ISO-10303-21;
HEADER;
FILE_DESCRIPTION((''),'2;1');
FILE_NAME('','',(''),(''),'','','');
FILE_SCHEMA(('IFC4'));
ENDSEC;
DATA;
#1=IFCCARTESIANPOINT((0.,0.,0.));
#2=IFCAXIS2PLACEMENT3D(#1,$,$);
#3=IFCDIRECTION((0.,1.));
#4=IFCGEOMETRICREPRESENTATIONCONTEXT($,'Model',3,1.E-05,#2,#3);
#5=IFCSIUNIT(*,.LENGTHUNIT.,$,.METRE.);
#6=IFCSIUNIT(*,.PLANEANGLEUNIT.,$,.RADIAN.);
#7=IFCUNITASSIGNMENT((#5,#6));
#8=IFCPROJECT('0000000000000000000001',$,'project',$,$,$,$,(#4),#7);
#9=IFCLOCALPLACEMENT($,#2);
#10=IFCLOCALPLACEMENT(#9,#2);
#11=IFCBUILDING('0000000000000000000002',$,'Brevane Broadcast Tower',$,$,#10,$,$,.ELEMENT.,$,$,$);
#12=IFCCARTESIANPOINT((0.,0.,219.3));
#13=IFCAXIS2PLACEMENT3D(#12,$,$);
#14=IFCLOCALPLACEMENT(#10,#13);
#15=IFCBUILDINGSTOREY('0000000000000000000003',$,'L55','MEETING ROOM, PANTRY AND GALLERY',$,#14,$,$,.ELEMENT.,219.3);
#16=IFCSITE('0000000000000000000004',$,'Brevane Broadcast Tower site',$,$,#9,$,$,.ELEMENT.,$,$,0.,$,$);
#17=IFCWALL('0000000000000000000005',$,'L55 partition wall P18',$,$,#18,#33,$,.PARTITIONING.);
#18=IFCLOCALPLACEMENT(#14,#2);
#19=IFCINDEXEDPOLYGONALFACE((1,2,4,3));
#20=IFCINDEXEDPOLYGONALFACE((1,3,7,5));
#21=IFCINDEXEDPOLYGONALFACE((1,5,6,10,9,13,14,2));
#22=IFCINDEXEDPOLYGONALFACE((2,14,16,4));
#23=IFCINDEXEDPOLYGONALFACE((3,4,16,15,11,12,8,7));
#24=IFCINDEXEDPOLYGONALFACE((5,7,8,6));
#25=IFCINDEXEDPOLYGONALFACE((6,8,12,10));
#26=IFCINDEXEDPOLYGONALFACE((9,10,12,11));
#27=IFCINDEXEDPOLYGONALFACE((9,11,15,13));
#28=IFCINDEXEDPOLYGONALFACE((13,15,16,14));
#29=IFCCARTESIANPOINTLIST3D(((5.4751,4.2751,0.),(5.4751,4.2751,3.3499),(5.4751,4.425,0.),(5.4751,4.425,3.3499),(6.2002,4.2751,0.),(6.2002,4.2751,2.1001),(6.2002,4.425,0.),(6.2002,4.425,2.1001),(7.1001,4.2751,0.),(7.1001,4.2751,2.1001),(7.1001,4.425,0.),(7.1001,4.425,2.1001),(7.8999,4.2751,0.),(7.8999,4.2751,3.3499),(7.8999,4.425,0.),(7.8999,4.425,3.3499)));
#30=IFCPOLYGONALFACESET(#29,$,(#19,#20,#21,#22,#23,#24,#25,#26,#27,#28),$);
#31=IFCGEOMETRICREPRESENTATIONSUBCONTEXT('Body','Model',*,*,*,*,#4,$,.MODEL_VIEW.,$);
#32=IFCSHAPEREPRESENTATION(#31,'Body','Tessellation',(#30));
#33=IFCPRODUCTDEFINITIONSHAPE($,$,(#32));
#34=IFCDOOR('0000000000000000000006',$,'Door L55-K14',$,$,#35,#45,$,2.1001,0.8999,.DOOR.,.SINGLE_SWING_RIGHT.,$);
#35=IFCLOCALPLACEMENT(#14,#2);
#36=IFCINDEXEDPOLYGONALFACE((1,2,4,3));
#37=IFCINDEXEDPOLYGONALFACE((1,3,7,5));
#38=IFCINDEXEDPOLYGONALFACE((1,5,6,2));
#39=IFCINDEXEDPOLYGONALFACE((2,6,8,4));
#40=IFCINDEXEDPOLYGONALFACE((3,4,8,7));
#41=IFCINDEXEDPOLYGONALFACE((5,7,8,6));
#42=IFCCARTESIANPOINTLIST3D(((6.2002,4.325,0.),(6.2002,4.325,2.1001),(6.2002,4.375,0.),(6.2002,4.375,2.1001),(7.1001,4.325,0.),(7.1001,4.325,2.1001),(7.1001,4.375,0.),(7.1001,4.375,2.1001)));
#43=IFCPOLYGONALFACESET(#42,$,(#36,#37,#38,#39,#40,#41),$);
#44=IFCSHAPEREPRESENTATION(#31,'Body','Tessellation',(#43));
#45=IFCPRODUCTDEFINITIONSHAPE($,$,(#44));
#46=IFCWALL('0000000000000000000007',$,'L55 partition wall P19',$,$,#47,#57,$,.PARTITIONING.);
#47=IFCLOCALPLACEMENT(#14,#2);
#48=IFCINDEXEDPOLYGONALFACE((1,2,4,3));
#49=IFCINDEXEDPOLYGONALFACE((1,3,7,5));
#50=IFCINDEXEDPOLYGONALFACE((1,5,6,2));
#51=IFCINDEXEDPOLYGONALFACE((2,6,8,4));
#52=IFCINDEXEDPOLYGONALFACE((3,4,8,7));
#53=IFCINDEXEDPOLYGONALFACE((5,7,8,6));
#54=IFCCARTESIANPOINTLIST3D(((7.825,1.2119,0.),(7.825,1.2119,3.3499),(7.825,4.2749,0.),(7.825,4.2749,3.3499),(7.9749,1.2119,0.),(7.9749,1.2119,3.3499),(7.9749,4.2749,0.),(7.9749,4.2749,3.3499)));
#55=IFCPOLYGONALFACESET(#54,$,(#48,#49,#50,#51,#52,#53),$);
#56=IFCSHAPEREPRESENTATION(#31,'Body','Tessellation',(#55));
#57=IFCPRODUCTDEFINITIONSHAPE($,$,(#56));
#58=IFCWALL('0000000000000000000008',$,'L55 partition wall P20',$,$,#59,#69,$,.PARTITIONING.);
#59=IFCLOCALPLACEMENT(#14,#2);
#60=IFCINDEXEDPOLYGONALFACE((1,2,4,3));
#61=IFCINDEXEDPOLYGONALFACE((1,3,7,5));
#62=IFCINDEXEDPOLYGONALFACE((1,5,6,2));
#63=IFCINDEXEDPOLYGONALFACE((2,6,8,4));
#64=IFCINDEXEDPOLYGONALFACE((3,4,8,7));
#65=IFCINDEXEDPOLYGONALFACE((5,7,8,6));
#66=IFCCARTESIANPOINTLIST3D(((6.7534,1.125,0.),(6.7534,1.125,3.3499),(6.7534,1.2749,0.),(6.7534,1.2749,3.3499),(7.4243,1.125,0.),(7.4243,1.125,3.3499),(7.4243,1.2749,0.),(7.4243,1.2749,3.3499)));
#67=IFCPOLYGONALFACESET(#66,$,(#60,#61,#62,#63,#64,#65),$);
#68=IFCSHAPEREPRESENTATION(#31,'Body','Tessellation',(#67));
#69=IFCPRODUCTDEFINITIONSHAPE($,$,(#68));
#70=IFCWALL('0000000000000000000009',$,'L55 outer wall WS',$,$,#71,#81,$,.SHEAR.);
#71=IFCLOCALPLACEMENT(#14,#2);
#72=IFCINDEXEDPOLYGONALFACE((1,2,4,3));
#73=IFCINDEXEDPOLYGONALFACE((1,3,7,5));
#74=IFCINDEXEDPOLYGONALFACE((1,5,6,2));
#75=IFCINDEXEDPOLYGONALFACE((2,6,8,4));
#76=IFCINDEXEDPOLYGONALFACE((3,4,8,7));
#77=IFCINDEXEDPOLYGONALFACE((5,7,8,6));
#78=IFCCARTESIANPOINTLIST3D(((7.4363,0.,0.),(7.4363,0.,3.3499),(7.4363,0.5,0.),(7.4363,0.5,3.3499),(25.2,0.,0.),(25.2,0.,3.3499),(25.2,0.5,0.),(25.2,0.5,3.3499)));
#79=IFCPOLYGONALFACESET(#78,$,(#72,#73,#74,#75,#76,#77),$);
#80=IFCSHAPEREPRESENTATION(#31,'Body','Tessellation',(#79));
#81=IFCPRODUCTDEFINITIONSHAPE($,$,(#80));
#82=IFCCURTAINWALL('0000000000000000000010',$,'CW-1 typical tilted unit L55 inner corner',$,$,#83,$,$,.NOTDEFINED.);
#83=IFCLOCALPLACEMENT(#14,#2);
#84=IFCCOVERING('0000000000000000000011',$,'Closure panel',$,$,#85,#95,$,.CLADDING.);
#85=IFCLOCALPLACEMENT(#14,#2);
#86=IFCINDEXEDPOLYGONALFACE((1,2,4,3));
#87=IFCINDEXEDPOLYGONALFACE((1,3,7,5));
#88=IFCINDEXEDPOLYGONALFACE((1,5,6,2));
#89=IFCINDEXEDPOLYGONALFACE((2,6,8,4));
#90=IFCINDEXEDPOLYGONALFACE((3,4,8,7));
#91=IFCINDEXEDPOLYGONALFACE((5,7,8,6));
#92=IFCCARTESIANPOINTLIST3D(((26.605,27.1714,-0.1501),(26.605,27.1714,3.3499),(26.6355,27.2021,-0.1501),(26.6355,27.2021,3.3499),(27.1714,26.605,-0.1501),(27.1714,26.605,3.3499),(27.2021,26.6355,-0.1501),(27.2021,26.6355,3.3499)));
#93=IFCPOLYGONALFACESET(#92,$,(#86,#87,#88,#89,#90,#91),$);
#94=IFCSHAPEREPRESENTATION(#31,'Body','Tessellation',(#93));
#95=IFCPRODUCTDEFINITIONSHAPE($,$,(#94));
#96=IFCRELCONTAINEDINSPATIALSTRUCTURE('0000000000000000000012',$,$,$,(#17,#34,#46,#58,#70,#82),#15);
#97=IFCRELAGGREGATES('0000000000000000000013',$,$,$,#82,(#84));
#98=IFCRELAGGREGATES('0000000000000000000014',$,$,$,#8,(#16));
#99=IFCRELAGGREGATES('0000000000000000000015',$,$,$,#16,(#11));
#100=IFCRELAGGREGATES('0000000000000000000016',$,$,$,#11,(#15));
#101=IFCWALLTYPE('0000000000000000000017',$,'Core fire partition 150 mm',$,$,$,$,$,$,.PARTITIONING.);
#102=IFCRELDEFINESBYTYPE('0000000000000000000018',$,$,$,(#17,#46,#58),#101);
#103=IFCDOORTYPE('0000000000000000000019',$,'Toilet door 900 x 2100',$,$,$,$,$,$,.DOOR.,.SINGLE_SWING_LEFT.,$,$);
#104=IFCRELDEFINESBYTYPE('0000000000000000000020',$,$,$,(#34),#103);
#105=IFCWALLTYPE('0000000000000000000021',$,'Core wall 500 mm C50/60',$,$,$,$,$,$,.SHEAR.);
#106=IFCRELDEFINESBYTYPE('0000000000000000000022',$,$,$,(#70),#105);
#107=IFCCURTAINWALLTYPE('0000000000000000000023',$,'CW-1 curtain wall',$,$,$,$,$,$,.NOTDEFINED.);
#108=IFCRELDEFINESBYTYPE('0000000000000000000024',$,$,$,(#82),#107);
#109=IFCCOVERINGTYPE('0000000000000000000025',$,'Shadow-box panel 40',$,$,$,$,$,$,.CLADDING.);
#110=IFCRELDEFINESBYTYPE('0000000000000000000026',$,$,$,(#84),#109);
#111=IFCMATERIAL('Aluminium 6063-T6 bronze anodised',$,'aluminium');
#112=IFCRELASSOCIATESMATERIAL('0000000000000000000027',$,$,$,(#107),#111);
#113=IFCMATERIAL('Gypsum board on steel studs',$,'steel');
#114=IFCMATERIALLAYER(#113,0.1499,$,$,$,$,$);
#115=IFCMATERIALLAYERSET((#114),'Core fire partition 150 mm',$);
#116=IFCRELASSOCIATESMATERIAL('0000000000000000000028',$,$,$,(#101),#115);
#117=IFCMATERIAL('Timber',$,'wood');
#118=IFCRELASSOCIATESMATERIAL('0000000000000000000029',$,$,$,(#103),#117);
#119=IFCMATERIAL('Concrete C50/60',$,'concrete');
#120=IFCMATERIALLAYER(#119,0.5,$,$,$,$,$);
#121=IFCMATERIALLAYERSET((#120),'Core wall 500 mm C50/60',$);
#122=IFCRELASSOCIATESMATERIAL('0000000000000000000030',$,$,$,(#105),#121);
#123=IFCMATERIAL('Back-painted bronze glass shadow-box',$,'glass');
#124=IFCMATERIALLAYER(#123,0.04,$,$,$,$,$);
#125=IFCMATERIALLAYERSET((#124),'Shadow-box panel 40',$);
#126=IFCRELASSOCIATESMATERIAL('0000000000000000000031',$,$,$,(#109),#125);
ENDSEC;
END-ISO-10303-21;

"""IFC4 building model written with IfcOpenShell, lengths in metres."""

from ifc_helpers import new_model, si_unit, direction, frame, frame_2d, origin, place, context, subcontext, project, spatial, polyline, rectangle, outline, extrude, material, layer, layer_set, type_object, element, fill, aggregate, save


model = new_model("IFC4")

# Units and contexts
model_context = context("Model", 3, precision=1e-05, world=origin(), true_north=direction((0.0, 1.0)))
body_context = subcontext(model_context, "Body", "Model", "MODEL_VIEW")
ifc_project = project(units=[si_unit("LENGTHUNIT", "METRE"), si_unit("PLANEANGLEUNIT", "RADIAN")], contexts=[model_context])

# Site, building, storey
site_placement = place(None, origin())
site = spatial("IfcSite", under=ifc_project, at=site_placement, Name="Brevane Broadcast Tower site", CompositionType="ELEMENT", RefElevation=0.0)
building_placement = place(site_placement, origin())
building = spatial("IfcBuilding", under=site, at=building_placement, Name="Brevane Broadcast Tower", CompositionType="ELEMENT")
storey_placement = place(building_placement, frame((0.0, 0.0, 219.3)))
storey = spatial("IfcBuildingStorey", under=building, at=storey_placement, Name="L55", Description="MEETING ROOM, PANTRY AND GALLERY", CompositionType="ELEMENT", Elevation=219.3)

# Shared definitions
ifc_material_1 = material(Name="Aluminium 6063-T6 bronze anodised", Category="aluminium")
curtain_wall_type = type_object("IfcCurtainWallType", Name="CW-1 curtain wall", PredefinedType="NOTDEFINED", material=ifc_material_1)

# Shared definitions
ifc_material_2 = material(Name="Concrete C50/60", Category="concrete")

# Shared definitions
ifc_material_3 = material(Name="Gypsum board on steel studs", Category="steel")
ifc_layer_1 = layer(ifc_material_3, 0.1499)
ifc_layer_set_1 = layer_set([ifc_layer_1], Name="Core fire partition 150 mm")
wall_type_1 = type_object("IfcWallType", Name="Core fire partition 150 mm", PredefinedType="PARTITIONING", material=ifc_layer_set_1)

# Wall, opening, door
wall_1_placement = place(storey_placement, frame((5.4751, 4.3501, 0.0), z_axis=(0.0, 0.0, 1.0), x_axis=(1.0, 0.0, 0.0)))
wall_1 = element("IfcWall", 1, at=wall_1_placement, inside=storey, type_object=wall_type_1, Name="L55 partition wall P18", PredefinedType="PARTITIONING", context=body_context, shape_type="SweptSolid", body=[
    extrude(rectangle(XDim=2.4248, YDim=0.1499, at=frame_2d((1.2124, 0.0))), origin(), (0.0, 0.0, 1.0), 3.3499),
])
opening_placement = place(wall_1_placement, frame((0.7251, 0.0, 0.0)))
opening = element("IfcOpeningElement", 2, at=opening_placement, cuts=wall_1, PredefinedType="OPENING", context=body_context, shape_type="SweptSolid", body=[
    extrude(rectangle(XDim=0.8999, YDim=2.1001, at=frame_2d((0.45, 1.05))), frame((0.0, 0.085, 0.0), z_axis=(0.0, -1.0, 0.0), x_axis=(1.0, 0.0, 0.0)), (0.0, 0.0, 1.0), 0.1699),
])
ifc_material_4 = material(Name="Timber", Category="wood")
door_type = type_object("IfcDoorType", Name="Toilet door 900 x 2100", OperationType="SINGLE_SWING_LEFT", PredefinedType="DOOR", material=ifc_material_4)
door_placement = place(opening_placement, origin())
door = element("IfcDoor", 3, at=door_placement, inside=storey, type_object=door_type, Name="Door L55-K14", OperationType="SINGLE_SWING_RIGHT", OverallHeight=2.1001, OverallWidth=0.8999, PredefinedType="DOOR", context=body_context, shape_type="SweptSolid", body=[
    extrude(rectangle(XDim=0.8999, YDim=2.1001, at=frame_2d((0.45, 1.05))), frame((0.0, 0.0249, 0.0), z_axis=(0.0, -1.0, 0.0), x_axis=(1.0, 0.0, 0.0)), (0.0, 0.0, 1.0), 0.05),
])
fill(opening, door)

# Walls
wall_2_placement = place(storey_placement, frame((7.8999, 4.2749, 0.0), z_axis=(0.0, 0.0, 1.0), x_axis=(0.0, -1.0, 0.0)))
element("IfcWall", 4, at=wall_2_placement, inside=storey, type_object=wall_type_1, Name="L55 partition wall P19", PredefinedType="PARTITIONING", context=body_context, shape_type="SweptSolid", body=[
    extrude(rectangle(XDim=3.063, YDim=0.1499, at=frame_2d((1.5315, 0.0))), origin(), (0.0, 0.0, 1.0), 3.3499),
])
wall_3_placement = place(storey_placement, frame((7.4243, 1.2, 0.0), z_axis=(0.0, 0.0, 1.0), x_axis=(-1.0, 0.0, 0.0)))
element("IfcWall", 5, at=wall_3_placement, inside=storey, type_object=wall_type_1, Name="L55 partition wall P20", PredefinedType="PARTITIONING", context=body_context, shape_type="SweptSolid", body=[
    extrude(rectangle(XDim=0.6709, YDim=0.1499, at=frame_2d((0.3354, 0.0))), origin(), (0.0, 0.0, 1.0), 3.3499),
])
ifc_layer_2 = layer(ifc_material_2, 0.5)
ifc_layer_set_2 = layer_set([ifc_layer_2], Name="Core wall 500 mm C50/60")
wall_type_2 = type_object("IfcWallType", Name="Core wall 500 mm C50/60", PredefinedType="SHEAR", material=ifc_layer_set_2)
wall_4_placement = place(storey_placement, frame((7.4363, 0.25, 0.0), z_axis=(0.0, 0.0, 1.0), x_axis=(1.0, 0.0, 0.0)))
element("IfcWall", 6, at=wall_4_placement, inside=storey, type_object=wall_type_2, Name="L55 outer wall WS", PredefinedType="SHEAR", context=body_context, shape_type="SweptSolid", body=[
    extrude(rectangle(XDim=17.7637, YDim=0.5, at=frame_2d((8.8818, 0.0))), origin(), (0.0, 0.0, 1.0), 3.3499),
])

# Curtain wall, covering
curtain_wall_1_placement = place(storey_placement, origin())
curtain_wall_1 = element("IfcCurtainWall", 7, at=curtain_wall_1_placement, inside=storey, type_object=curtain_wall_type, Name="CW-1 typical tilted unit L55 inner corner", PredefinedType="NOTDEFINED")
ifc_material_5 = material(Name="Back-painted bronze glass shadow-box", Category="glass")
ifc_layer_3 = layer(ifc_material_5, 0.04)
ifc_layer_set_3 = layer_set([ifc_layer_3], Name="Shadow-box panel 40")
covering_type = type_object("IfcCoveringType", Name="Shadow-box panel 40", PredefinedType="CLADDING", material=ifc_layer_set_3)
covering_placement = place(storey_placement, frame((0.0, 0.0, -0.1501)))
covering = element("IfcCovering", 8, at=covering_placement, type_object=covering_type, Name="Closure panel", PredefinedType="CLADDING", context=body_context, shape_type="SweptSolid", body=[
    extrude(outline(polyline([(27.1714, 26.605), (27.2021, 26.6355), (26.6355, 27.2021), (26.605, 27.1714), (27.1714, 26.605)])), origin(), (0.0, 0.0, 1.0), 3.5),
])
aggregate(curtain_wall_1, [covering])

save(model, "model.ifc")
